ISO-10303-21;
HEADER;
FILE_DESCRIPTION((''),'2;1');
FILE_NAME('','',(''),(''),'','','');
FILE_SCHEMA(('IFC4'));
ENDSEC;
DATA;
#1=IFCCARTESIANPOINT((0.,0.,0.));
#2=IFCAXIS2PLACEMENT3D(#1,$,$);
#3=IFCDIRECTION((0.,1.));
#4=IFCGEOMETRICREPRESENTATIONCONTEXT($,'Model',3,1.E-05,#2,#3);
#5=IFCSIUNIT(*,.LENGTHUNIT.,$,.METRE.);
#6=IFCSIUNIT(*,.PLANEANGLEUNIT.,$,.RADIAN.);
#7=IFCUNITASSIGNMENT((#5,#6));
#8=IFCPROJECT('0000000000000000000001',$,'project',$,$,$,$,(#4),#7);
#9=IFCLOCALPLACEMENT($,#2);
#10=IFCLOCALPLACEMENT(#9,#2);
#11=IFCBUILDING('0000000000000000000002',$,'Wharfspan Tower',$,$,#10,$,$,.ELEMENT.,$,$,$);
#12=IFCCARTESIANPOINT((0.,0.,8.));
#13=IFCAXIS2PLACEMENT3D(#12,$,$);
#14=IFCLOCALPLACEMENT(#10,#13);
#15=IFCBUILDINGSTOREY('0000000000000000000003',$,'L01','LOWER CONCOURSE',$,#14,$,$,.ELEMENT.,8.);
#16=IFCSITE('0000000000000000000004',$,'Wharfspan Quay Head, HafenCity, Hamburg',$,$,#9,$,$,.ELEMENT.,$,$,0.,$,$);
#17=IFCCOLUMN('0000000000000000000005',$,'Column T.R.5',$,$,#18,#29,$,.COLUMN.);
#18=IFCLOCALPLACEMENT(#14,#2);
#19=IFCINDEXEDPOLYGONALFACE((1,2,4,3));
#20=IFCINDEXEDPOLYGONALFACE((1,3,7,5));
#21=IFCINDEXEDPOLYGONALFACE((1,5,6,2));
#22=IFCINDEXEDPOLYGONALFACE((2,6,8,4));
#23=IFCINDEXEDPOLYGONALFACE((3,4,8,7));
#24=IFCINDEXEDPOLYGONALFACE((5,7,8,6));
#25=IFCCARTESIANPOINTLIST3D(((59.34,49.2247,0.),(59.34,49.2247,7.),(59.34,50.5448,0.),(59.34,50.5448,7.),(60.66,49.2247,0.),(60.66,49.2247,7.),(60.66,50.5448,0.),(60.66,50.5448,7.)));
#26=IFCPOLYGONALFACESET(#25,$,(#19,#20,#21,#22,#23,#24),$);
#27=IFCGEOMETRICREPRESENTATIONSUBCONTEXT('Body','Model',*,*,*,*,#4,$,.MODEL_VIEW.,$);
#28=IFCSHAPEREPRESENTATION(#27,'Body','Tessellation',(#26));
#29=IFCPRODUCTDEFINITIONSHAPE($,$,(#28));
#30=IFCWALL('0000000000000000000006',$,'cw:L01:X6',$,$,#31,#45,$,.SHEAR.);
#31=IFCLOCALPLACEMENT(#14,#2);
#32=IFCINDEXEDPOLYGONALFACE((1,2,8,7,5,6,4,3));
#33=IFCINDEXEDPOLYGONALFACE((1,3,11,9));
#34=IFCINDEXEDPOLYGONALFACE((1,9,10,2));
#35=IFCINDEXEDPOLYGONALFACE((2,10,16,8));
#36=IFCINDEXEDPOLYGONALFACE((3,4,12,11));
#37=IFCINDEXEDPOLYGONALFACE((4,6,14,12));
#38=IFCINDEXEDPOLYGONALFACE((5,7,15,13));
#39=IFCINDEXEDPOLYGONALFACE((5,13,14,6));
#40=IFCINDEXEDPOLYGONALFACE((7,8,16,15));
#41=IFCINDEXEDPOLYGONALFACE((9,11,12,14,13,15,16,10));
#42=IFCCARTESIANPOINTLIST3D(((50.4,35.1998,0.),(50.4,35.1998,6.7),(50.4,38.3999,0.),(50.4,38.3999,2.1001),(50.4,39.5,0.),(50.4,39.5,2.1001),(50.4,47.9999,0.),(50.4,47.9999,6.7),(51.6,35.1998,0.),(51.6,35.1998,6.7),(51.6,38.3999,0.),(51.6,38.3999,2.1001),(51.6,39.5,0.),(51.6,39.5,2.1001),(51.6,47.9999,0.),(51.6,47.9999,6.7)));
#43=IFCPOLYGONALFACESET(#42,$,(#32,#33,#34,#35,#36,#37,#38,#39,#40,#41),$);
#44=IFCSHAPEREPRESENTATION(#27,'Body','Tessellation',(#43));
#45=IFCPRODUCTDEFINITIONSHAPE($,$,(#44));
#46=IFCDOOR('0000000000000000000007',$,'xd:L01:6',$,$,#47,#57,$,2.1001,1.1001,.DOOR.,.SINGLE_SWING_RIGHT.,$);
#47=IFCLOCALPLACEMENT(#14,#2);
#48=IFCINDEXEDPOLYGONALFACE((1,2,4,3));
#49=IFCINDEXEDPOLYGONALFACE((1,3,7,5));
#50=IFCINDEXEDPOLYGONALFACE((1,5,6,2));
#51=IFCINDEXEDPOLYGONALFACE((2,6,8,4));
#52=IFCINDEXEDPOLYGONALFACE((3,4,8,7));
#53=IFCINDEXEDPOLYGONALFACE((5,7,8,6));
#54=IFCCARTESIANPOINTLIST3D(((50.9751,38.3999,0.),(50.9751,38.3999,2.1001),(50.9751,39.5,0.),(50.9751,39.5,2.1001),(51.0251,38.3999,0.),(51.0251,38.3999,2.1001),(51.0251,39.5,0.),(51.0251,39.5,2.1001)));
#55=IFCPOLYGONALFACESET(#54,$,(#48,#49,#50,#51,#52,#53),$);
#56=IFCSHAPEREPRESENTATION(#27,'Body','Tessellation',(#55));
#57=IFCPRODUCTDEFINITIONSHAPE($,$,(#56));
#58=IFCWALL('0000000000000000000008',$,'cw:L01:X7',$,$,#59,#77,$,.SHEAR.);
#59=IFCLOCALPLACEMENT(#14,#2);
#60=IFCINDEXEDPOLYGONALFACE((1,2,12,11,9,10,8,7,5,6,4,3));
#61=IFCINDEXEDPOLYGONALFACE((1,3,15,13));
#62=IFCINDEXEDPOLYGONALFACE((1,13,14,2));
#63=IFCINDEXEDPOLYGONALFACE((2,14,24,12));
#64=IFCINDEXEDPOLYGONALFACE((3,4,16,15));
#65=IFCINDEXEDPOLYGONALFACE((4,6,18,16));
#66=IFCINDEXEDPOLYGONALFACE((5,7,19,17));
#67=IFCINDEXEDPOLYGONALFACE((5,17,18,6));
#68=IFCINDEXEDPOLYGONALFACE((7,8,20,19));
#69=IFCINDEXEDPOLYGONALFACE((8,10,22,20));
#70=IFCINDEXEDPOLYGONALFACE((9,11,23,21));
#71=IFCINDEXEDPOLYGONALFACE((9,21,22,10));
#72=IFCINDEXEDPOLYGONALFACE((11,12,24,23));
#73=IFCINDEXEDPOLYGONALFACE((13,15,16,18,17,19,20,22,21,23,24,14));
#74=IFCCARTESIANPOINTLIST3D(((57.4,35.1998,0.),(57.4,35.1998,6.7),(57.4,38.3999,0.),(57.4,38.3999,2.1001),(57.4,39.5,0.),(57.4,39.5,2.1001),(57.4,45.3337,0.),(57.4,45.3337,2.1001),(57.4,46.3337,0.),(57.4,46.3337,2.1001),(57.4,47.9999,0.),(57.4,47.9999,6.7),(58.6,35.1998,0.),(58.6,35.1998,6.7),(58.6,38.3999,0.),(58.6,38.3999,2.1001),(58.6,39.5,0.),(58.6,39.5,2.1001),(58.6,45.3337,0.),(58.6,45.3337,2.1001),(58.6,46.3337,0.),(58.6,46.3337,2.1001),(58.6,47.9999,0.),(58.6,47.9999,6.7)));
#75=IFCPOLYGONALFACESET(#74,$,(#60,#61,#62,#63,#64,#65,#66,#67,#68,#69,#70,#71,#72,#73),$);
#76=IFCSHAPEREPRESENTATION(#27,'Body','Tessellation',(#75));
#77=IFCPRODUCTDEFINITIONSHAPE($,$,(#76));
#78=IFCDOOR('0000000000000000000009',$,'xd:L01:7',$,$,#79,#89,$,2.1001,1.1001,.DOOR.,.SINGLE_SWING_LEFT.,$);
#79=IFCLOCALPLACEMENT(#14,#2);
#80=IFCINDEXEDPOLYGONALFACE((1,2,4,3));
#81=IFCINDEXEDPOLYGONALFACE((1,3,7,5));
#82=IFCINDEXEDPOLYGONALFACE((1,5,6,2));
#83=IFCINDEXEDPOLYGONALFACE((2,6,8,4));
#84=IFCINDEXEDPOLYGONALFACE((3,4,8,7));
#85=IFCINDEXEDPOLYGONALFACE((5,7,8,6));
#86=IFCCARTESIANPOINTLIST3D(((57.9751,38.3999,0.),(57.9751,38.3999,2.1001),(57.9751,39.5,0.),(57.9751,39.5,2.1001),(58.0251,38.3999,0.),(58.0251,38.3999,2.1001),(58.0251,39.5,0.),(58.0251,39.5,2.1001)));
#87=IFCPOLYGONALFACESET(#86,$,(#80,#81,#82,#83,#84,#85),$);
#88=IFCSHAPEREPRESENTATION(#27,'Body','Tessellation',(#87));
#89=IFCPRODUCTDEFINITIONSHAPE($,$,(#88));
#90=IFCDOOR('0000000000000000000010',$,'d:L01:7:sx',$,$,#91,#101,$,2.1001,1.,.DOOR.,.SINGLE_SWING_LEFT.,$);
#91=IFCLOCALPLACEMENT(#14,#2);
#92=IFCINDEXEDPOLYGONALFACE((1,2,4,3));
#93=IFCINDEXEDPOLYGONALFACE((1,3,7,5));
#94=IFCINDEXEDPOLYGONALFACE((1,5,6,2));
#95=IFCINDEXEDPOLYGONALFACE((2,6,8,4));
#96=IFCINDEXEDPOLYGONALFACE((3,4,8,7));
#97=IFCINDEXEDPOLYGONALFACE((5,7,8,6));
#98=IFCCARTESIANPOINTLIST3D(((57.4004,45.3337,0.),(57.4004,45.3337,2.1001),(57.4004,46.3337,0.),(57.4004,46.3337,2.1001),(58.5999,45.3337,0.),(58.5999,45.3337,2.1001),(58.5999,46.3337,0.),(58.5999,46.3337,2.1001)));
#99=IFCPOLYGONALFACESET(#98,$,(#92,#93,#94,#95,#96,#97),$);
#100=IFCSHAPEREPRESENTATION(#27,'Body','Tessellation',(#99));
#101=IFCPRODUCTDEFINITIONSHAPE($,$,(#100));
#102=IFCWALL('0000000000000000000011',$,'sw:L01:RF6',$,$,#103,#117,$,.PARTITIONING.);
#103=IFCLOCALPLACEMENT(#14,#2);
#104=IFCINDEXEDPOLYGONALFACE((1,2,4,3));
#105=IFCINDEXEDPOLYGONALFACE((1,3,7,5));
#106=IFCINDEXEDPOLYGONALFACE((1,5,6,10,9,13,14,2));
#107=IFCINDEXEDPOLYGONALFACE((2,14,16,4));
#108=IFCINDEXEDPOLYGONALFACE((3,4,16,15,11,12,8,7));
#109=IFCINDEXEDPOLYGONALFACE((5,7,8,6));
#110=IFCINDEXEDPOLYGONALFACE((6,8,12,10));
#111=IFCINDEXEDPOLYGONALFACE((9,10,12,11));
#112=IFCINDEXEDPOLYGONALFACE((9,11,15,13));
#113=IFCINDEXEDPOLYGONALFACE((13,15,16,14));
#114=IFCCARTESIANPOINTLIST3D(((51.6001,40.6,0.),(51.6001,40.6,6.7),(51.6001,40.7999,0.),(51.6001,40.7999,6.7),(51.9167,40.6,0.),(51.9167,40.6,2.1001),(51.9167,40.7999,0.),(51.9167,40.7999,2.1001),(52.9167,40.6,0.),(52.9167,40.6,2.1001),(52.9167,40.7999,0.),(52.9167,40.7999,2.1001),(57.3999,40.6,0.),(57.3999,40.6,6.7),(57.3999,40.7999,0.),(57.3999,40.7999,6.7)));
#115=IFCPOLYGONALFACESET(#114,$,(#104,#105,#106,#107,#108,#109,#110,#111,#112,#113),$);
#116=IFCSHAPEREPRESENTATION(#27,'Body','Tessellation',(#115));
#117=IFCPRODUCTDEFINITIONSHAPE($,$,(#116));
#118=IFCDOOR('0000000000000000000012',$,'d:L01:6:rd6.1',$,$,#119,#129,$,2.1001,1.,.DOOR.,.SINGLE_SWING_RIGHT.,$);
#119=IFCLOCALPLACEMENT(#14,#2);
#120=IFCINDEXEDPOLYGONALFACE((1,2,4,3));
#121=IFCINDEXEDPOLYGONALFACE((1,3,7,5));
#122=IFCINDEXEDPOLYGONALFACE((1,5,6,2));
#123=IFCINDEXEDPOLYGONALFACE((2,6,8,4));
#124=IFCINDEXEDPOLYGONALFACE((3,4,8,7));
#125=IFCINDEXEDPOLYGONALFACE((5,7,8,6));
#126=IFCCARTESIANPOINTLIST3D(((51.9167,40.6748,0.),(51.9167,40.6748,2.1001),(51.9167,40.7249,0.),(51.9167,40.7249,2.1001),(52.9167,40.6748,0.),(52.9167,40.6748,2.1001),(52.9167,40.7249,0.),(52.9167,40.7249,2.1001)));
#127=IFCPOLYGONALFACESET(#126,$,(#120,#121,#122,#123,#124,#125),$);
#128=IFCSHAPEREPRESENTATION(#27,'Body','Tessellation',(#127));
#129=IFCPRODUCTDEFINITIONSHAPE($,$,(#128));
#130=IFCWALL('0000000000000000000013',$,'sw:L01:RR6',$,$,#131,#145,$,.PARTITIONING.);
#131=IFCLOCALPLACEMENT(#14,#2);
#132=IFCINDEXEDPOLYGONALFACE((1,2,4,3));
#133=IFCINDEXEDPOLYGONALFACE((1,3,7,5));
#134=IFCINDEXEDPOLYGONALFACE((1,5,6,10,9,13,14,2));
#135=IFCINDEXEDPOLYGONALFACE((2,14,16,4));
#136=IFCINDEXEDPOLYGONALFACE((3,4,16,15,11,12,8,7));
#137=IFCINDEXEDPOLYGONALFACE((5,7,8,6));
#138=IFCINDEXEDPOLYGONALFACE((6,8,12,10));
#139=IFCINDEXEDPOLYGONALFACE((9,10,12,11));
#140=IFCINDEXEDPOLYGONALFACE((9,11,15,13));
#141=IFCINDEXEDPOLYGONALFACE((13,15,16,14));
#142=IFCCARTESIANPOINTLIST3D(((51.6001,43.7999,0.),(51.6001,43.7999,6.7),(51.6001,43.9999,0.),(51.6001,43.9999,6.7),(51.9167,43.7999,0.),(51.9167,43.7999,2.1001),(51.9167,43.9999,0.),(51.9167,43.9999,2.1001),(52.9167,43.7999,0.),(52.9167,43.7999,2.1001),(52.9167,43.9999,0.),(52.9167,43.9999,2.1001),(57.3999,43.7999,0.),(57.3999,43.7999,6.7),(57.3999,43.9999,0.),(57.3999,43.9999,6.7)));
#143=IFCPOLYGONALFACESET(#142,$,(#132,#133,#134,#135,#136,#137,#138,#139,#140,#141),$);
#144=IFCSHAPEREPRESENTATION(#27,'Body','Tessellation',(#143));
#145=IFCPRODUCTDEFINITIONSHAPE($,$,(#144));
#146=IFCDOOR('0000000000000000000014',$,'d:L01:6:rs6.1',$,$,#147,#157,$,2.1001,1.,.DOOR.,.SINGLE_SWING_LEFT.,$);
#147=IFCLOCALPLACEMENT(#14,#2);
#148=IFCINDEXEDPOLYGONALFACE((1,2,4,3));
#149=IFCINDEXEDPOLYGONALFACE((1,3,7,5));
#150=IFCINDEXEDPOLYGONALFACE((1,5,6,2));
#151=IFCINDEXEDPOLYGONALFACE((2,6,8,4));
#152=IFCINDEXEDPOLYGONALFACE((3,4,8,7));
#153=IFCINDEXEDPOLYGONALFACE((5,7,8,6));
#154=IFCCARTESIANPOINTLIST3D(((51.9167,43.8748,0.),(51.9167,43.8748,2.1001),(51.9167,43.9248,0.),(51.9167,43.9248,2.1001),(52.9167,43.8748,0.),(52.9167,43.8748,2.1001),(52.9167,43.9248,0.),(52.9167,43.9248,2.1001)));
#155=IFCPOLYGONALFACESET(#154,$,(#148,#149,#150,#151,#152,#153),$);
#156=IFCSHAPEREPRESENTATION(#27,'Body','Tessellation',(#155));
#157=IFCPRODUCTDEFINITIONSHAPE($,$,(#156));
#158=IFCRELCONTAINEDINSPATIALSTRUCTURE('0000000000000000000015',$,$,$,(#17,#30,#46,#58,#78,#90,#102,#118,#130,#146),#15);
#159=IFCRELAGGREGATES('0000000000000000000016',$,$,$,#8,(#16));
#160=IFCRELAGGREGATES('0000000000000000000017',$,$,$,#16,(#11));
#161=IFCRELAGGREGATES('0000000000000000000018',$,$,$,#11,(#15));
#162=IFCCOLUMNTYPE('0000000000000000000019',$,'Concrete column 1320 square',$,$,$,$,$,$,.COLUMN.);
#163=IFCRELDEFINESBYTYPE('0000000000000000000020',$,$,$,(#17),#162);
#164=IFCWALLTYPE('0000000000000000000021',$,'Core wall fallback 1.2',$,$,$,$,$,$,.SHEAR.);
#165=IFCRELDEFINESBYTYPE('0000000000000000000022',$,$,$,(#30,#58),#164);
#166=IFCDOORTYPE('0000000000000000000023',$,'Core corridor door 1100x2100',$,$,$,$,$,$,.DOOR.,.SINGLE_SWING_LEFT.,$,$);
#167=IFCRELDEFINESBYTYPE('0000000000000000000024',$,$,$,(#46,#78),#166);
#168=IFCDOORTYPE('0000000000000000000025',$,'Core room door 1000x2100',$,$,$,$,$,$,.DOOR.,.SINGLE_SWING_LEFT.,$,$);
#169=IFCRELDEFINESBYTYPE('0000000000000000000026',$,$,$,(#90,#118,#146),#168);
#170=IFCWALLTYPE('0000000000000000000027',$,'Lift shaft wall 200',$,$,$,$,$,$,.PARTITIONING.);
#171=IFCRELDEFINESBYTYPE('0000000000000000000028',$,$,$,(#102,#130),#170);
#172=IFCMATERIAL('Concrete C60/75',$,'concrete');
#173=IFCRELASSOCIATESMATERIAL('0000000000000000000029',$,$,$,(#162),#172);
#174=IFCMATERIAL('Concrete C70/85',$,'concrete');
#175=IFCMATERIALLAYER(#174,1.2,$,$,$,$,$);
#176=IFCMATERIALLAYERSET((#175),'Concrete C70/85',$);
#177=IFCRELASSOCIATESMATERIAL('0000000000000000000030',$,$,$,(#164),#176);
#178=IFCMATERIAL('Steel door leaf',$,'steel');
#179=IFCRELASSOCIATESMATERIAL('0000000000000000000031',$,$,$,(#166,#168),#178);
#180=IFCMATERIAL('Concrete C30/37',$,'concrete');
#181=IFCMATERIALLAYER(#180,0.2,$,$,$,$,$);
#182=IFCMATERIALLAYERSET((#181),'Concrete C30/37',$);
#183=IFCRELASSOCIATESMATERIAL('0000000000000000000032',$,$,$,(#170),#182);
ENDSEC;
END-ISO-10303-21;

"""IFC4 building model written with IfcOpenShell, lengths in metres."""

from ifc_helpers import new_model, si_unit, direction, frame, frame_2d, origin, origin_2d, place, context, subcontext, project, spatial, rectangle, extrude, material, layer, layer_set, material_profile, profile_set, type_object, element, fill, save


model = new_model("IFC4")

# Units and contexts
model_context = context("Model", 3, precision=1e-05, world=origin(), true_north=direction((0.0, 1.0)))
body_context = subcontext(model_context, "Body", "Model", "MODEL_VIEW")
ifc_project = project(units=[si_unit("LENGTHUNIT", "METRE"), si_unit("PLANEANGLEUNIT", "RADIAN")], contexts=[model_context])

# Site, building, storey
site_placement = place(None, origin())
site = spatial("IfcSite", under=ifc_project, at=site_placement, Name="Wharfspan Quay Head, HafenCity, Hamburg", CompositionType="ELEMENT", RefElevation=0.0)
building_placement = place(site_placement, origin())
building = spatial("IfcBuilding", under=site, at=building_placement, Name="Wharfspan Tower", CompositionType="ELEMENT")
storey_placement = place(building_placement, frame((0.0, 0.0, 8.0)))
storey = spatial("IfcBuildingStorey", under=building, at=storey_placement, Name="L01", Description="LOWER CONCOURSE", CompositionType="ELEMENT", Elevation=8.0)

# Column
ifc_material_1 = material(Name="Concrete C60/75", Category="concrete")
ifc_material_profile = material_profile(ifc_material_1, rectangle(XDim=1.3201, YDim=1.3201, at=origin_2d()))
ifc_profile_set = profile_set([ifc_material_profile], Name="Concrete C60/75")
column_type = type_object("IfcColumnType", Name="Concrete column 1320 square", PredefinedType="COLUMN", material=ifc_profile_set)
column_placement = place(storey_placement, frame((60.0, 49.8848, 0.0), z_axis=(0.0, 0.0, 1.0), x_axis=(1.0, 0.0, 0.0)))
element("IfcColumn", 1, at=column_placement, inside=storey, type_object=column_type, Name="Column T.R.5", PredefinedType="COLUMN", context=body_context, shape_type="SweptSolid", body=[
    extrude(rectangle(XDim=1.3201, YDim=1.3201, at=origin_2d()), origin(), (0.0, 0.0, 1.0), 7.0),
])

# Wall, opening, door
ifc_material_2 = material(Name="Concrete C70/85", Category="concrete")
ifc_layer_1 = layer(ifc_material_2, 1.2)
ifc_layer_set_1 = layer_set([ifc_layer_1], Name="Concrete C70/85")
wall_type_1 = type_object("IfcWallType", Name="Core wall fallback 1.2", PredefinedType="SHEAR", material=ifc_layer_set_1)
wall_1_placement = place(storey_placement, frame((51.0, 35.2, 0.0), z_axis=(0.0, 0.0, 1.0), x_axis=(0.0, 1.0, 0.0)))
wall_1 = element("IfcWall", 2, at=wall_1_placement, inside=storey, type_object=wall_type_1, Name="cw:L01:X6", PredefinedType="SHEAR", context=body_context, shape_type="SweptSolid", body=[
    extrude(rectangle(XDim=12.8, YDim=1.2, at=frame_2d((6.3999, 0.0))), origin(), (0.0, 0.0, 1.0), 6.7),
])
opening_1_placement = place(wall_1_placement, frame((3.2, 0.0, 0.0)))
opening_1 = element("IfcOpeningElement", 3, at=opening_1_placement, cuts=wall_1, PredefinedType="OPENING", context=body_context, shape_type="SweptSolid", body=[
    extrude(rectangle(XDim=1.1001, YDim=2.1001, at=frame_2d((0.55, 1.05))), frame((0.0, 0.6099, 0.0), z_axis=(0.0, -1.0, 0.0), x_axis=(1.0, 0.0, 0.0)), (0.0, 0.0, 1.0), 1.22),
])
ifc_material_3 = material(Name="Steel door leaf", Category="steel")
door_type_1 = type_object("IfcDoorType", Name="Core corridor door 1100x2100", OperationType="SINGLE_SWING_LEFT", PredefinedType="DOOR", material=ifc_material_3)
door_1_placement = place(opening_1_placement, origin())
door_1 = element("IfcDoor", 4, at=door_1_placement, inside=storey, type_object=door_type_1, Name="xd:L01:6", OperationType="SINGLE_SWING_RIGHT", OverallHeight=2.1001, OverallWidth=1.1001, PredefinedType="DOOR", context=body_context, shape_type="SweptSolid", body=[
    extrude(rectangle(XDim=1.1001, YDim=2.1001, at=frame_2d((0.55, 1.05))), frame((0.0, 0.0249, 0.0), z_axis=(0.0, -1.0, 0.0), x_axis=(1.0, 0.0, 0.0)), (0.0, 0.0, 1.0), 0.05),
])
fill(opening_1, door_1)

# Wall, openings, doors
wall_2_placement = place(storey_placement, frame((58.0, 35.2, 0.0), z_axis=(0.0, 0.0, 1.0), x_axis=(0.0, 1.0, 0.0)))
wall_2 = element("IfcWall", 5, at=wall_2_placement, inside=storey, type_object=wall_type_1, Name="cw:L01:X7", PredefinedType="SHEAR", context=body_context, shape_type="SweptSolid", body=[
    extrude(rectangle(XDim=12.8, YDim=1.2, at=frame_2d((6.3999, 0.0))), origin(), (0.0, 0.0, 1.0), 6.7),
])
opening_2_placement = place(wall_2_placement, frame((10.1338, 0.0, 0.0)))
opening_2 = element("IfcOpeningElement", 6, at=opening_2_placement, cuts=wall_2, PredefinedType="OPENING", context=body_context, shape_type="SweptSolid", body=[
    extrude(rectangle(XDim=1.0, YDim=2.1001, at=frame_2d((0.5, 1.05))), frame((0.0, 0.6099, 0.0), z_axis=(0.0, -1.0, 0.0), x_axis=(1.0, 0.0, 0.0)), (0.0, 0.0, 1.0), 1.22),
])
opening_3_placement = place(wall_2_placement, frame((3.2, 0.0, 0.0)))
opening_3 = element("IfcOpeningElement", 7, at=opening_3_placement, cuts=wall_2, PredefinedType="OPENING", context=body_context, shape_type="SweptSolid", body=[
    extrude(rectangle(XDim=1.1001, YDim=2.1001, at=frame_2d((0.55, 1.05))), frame((0.0, 0.6099, 0.0), z_axis=(0.0, -1.0, 0.0), x_axis=(1.0, 0.0, 0.0)), (0.0, 0.0, 1.0), 1.22),
])
door_2_placement = place(opening_3_placement, origin())
door_2 = element("IfcDoor", 8, at=door_2_placement, inside=storey, type_object=door_type_1, Name="xd:L01:7", OperationType="SINGLE_SWING_LEFT", OverallHeight=2.1001, OverallWidth=1.1001, PredefinedType="DOOR", context=body_context, shape_type="SweptSolid", body=[
    extrude(rectangle(XDim=1.1001, YDim=2.1001, at=frame_2d((0.55, 1.05))), frame((0.0, 0.0249, 0.0), z_axis=(0.0, -1.0, 0.0), x_axis=(1.0, 0.0, 0.0)), (0.0, 0.0, 1.0), 0.05),
])
fill(opening_3, door_2)
door_type_2 = type_object("IfcDoorType", Name="Core room door 1000x2100", OperationType="SINGLE_SWING_LEFT", PredefinedType="DOOR", material=ifc_material_3)
door_3_placement = place(opening_2_placement, origin())
door_3 = element("IfcDoor", 9, at=door_3_placement, inside=storey, type_object=door_type_2, Name="d:L01:7:sx", OperationType="SINGLE_SWING_LEFT", OverallHeight=2.1001, OverallWidth=1.0, PredefinedType="DOOR", context=body_context, shape_type="SweptSolid", body=[
    extrude(rectangle(XDim=1.0, YDim=2.1001, at=frame_2d((0.5, 1.05))), frame((0.0, 0.5996, 0.0), z_axis=(0.0, -1.0, 0.0), x_axis=(1.0, 0.0, 0.0)), (0.0, 0.0, 1.0), 1.1995),
])
fill(opening_2, door_3)

# Walls, openings, doors
ifc_material_4 = material(Name="Concrete C30/37", Category="concrete")
ifc_layer_2 = layer(ifc_material_4, 0.2)
ifc_layer_set_2 = layer_set([ifc_layer_2], Name="Concrete C30/37")
wall_type_2 = type_object("IfcWallType", Name="Lift shaft wall 200", PredefinedType="PARTITIONING", material=ifc_layer_set_2)
wall_3_placement = place(storey_placement, frame((51.6001, 40.7, 0.0), z_axis=(0.0, 0.0, 1.0), x_axis=(1.0, 0.0, 0.0)))
wall_3 = element("IfcWall", 10, at=wall_3_placement, inside=storey, type_object=wall_type_2, Name="sw:L01:RF6", PredefinedType="PARTITIONING", context=body_context, shape_type="SweptSolid", body=[
    extrude(rectangle(XDim=5.7998, YDim=0.2, at=frame_2d((2.8999, 0.0))), origin(), (0.0, 0.0, 1.0), 6.7),
])
opening_4_placement = place(wall_3_placement, frame((0.3166, 0.0, 0.0)))
opening_4 = element("IfcOpeningElement", 11, at=opening_4_placement, cuts=wall_3, PredefinedType="OPENING", context=body_context, shape_type="SweptSolid", body=[
    extrude(rectangle(XDim=1.0, YDim=2.1001, at=frame_2d((0.5, 1.05))), frame((0.0, 0.1099, 0.0), z_axis=(0.0, -1.0, 0.0), x_axis=(1.0, 0.0, 0.0)), (0.0, 0.0, 1.0), 0.22),
])
door_4_placement = place(opening_4_placement, origin())
door_4 = element("IfcDoor", 12, at=door_4_placement, inside=storey, type_object=door_type_2, Name="d:L01:6:rd6.1", OperationType="SINGLE_SWING_RIGHT", OverallHeight=2.1001, OverallWidth=1.0, PredefinedType="DOOR", context=body_context, shape_type="SweptSolid", body=[
    extrude(rectangle(XDim=1.0, YDim=2.1001, at=frame_2d((0.5, 1.05))), frame((0.0, 0.0249, 0.0), z_axis=(0.0, -1.0, 0.0), x_axis=(1.0, 0.0, 0.0)), (0.0, 0.0, 1.0), 0.05),
])
fill(opening_4, door_4)
wall_4_placement = place(storey_placement, frame((51.6001, 43.8999, 0.0), z_axis=(0.0, 0.0, 1.0), x_axis=(1.0, 0.0, 0.0)))
wall_4 = element("IfcWall", 13, at=wall_4_placement, inside=storey, type_object=wall_type_2, Name="sw:L01:RR6", PredefinedType="PARTITIONING", context=body_context, shape_type="SweptSolid", body=[
    extrude(rectangle(XDim=5.7998, YDim=0.2, at=frame_2d((2.8999, 0.0))), origin(), (0.0, 0.0, 1.0), 6.7),
])
opening_5_placement = place(wall_4_placement, frame((0.3166, 0.0, 0.0)))
opening_5 = element("IfcOpeningElement", 14, at=opening_5_placement, cuts=wall_4, PredefinedType="OPENING", context=body_context, shape_type="SweptSolid", body=[
    extrude(rectangle(XDim=1.0, YDim=2.1001, at=frame_2d((0.5, 1.05))), frame((0.0, 0.1099, 0.0), z_axis=(0.0, -1.0, 0.0), x_axis=(1.0, 0.0, 0.0)), (0.0, 0.0, 1.0), 0.22),
])
door_5_placement = place(opening_5_placement, origin())
door_5 = element("IfcDoor", 15, at=door_5_placement, inside=storey, type_object=door_type_2, Name="d:L01:6:rs6.1", OperationType="SINGLE_SWING_LEFT", OverallHeight=2.1001, OverallWidth=1.0, PredefinedType="DOOR", context=body_context, shape_type="SweptSolid", body=[
    extrude(rectangle(XDim=1.0, YDim=2.1001, at=frame_2d((0.5, 1.05))), frame((0.0, 0.0249, 0.0), z_axis=(0.0, -1.0, 0.0), x_axis=(1.0, 0.0, 0.0)), (0.0, 0.0, 1.0), 0.05),
])
fill(opening_5, door_5)

save(model, "model.ifc")
